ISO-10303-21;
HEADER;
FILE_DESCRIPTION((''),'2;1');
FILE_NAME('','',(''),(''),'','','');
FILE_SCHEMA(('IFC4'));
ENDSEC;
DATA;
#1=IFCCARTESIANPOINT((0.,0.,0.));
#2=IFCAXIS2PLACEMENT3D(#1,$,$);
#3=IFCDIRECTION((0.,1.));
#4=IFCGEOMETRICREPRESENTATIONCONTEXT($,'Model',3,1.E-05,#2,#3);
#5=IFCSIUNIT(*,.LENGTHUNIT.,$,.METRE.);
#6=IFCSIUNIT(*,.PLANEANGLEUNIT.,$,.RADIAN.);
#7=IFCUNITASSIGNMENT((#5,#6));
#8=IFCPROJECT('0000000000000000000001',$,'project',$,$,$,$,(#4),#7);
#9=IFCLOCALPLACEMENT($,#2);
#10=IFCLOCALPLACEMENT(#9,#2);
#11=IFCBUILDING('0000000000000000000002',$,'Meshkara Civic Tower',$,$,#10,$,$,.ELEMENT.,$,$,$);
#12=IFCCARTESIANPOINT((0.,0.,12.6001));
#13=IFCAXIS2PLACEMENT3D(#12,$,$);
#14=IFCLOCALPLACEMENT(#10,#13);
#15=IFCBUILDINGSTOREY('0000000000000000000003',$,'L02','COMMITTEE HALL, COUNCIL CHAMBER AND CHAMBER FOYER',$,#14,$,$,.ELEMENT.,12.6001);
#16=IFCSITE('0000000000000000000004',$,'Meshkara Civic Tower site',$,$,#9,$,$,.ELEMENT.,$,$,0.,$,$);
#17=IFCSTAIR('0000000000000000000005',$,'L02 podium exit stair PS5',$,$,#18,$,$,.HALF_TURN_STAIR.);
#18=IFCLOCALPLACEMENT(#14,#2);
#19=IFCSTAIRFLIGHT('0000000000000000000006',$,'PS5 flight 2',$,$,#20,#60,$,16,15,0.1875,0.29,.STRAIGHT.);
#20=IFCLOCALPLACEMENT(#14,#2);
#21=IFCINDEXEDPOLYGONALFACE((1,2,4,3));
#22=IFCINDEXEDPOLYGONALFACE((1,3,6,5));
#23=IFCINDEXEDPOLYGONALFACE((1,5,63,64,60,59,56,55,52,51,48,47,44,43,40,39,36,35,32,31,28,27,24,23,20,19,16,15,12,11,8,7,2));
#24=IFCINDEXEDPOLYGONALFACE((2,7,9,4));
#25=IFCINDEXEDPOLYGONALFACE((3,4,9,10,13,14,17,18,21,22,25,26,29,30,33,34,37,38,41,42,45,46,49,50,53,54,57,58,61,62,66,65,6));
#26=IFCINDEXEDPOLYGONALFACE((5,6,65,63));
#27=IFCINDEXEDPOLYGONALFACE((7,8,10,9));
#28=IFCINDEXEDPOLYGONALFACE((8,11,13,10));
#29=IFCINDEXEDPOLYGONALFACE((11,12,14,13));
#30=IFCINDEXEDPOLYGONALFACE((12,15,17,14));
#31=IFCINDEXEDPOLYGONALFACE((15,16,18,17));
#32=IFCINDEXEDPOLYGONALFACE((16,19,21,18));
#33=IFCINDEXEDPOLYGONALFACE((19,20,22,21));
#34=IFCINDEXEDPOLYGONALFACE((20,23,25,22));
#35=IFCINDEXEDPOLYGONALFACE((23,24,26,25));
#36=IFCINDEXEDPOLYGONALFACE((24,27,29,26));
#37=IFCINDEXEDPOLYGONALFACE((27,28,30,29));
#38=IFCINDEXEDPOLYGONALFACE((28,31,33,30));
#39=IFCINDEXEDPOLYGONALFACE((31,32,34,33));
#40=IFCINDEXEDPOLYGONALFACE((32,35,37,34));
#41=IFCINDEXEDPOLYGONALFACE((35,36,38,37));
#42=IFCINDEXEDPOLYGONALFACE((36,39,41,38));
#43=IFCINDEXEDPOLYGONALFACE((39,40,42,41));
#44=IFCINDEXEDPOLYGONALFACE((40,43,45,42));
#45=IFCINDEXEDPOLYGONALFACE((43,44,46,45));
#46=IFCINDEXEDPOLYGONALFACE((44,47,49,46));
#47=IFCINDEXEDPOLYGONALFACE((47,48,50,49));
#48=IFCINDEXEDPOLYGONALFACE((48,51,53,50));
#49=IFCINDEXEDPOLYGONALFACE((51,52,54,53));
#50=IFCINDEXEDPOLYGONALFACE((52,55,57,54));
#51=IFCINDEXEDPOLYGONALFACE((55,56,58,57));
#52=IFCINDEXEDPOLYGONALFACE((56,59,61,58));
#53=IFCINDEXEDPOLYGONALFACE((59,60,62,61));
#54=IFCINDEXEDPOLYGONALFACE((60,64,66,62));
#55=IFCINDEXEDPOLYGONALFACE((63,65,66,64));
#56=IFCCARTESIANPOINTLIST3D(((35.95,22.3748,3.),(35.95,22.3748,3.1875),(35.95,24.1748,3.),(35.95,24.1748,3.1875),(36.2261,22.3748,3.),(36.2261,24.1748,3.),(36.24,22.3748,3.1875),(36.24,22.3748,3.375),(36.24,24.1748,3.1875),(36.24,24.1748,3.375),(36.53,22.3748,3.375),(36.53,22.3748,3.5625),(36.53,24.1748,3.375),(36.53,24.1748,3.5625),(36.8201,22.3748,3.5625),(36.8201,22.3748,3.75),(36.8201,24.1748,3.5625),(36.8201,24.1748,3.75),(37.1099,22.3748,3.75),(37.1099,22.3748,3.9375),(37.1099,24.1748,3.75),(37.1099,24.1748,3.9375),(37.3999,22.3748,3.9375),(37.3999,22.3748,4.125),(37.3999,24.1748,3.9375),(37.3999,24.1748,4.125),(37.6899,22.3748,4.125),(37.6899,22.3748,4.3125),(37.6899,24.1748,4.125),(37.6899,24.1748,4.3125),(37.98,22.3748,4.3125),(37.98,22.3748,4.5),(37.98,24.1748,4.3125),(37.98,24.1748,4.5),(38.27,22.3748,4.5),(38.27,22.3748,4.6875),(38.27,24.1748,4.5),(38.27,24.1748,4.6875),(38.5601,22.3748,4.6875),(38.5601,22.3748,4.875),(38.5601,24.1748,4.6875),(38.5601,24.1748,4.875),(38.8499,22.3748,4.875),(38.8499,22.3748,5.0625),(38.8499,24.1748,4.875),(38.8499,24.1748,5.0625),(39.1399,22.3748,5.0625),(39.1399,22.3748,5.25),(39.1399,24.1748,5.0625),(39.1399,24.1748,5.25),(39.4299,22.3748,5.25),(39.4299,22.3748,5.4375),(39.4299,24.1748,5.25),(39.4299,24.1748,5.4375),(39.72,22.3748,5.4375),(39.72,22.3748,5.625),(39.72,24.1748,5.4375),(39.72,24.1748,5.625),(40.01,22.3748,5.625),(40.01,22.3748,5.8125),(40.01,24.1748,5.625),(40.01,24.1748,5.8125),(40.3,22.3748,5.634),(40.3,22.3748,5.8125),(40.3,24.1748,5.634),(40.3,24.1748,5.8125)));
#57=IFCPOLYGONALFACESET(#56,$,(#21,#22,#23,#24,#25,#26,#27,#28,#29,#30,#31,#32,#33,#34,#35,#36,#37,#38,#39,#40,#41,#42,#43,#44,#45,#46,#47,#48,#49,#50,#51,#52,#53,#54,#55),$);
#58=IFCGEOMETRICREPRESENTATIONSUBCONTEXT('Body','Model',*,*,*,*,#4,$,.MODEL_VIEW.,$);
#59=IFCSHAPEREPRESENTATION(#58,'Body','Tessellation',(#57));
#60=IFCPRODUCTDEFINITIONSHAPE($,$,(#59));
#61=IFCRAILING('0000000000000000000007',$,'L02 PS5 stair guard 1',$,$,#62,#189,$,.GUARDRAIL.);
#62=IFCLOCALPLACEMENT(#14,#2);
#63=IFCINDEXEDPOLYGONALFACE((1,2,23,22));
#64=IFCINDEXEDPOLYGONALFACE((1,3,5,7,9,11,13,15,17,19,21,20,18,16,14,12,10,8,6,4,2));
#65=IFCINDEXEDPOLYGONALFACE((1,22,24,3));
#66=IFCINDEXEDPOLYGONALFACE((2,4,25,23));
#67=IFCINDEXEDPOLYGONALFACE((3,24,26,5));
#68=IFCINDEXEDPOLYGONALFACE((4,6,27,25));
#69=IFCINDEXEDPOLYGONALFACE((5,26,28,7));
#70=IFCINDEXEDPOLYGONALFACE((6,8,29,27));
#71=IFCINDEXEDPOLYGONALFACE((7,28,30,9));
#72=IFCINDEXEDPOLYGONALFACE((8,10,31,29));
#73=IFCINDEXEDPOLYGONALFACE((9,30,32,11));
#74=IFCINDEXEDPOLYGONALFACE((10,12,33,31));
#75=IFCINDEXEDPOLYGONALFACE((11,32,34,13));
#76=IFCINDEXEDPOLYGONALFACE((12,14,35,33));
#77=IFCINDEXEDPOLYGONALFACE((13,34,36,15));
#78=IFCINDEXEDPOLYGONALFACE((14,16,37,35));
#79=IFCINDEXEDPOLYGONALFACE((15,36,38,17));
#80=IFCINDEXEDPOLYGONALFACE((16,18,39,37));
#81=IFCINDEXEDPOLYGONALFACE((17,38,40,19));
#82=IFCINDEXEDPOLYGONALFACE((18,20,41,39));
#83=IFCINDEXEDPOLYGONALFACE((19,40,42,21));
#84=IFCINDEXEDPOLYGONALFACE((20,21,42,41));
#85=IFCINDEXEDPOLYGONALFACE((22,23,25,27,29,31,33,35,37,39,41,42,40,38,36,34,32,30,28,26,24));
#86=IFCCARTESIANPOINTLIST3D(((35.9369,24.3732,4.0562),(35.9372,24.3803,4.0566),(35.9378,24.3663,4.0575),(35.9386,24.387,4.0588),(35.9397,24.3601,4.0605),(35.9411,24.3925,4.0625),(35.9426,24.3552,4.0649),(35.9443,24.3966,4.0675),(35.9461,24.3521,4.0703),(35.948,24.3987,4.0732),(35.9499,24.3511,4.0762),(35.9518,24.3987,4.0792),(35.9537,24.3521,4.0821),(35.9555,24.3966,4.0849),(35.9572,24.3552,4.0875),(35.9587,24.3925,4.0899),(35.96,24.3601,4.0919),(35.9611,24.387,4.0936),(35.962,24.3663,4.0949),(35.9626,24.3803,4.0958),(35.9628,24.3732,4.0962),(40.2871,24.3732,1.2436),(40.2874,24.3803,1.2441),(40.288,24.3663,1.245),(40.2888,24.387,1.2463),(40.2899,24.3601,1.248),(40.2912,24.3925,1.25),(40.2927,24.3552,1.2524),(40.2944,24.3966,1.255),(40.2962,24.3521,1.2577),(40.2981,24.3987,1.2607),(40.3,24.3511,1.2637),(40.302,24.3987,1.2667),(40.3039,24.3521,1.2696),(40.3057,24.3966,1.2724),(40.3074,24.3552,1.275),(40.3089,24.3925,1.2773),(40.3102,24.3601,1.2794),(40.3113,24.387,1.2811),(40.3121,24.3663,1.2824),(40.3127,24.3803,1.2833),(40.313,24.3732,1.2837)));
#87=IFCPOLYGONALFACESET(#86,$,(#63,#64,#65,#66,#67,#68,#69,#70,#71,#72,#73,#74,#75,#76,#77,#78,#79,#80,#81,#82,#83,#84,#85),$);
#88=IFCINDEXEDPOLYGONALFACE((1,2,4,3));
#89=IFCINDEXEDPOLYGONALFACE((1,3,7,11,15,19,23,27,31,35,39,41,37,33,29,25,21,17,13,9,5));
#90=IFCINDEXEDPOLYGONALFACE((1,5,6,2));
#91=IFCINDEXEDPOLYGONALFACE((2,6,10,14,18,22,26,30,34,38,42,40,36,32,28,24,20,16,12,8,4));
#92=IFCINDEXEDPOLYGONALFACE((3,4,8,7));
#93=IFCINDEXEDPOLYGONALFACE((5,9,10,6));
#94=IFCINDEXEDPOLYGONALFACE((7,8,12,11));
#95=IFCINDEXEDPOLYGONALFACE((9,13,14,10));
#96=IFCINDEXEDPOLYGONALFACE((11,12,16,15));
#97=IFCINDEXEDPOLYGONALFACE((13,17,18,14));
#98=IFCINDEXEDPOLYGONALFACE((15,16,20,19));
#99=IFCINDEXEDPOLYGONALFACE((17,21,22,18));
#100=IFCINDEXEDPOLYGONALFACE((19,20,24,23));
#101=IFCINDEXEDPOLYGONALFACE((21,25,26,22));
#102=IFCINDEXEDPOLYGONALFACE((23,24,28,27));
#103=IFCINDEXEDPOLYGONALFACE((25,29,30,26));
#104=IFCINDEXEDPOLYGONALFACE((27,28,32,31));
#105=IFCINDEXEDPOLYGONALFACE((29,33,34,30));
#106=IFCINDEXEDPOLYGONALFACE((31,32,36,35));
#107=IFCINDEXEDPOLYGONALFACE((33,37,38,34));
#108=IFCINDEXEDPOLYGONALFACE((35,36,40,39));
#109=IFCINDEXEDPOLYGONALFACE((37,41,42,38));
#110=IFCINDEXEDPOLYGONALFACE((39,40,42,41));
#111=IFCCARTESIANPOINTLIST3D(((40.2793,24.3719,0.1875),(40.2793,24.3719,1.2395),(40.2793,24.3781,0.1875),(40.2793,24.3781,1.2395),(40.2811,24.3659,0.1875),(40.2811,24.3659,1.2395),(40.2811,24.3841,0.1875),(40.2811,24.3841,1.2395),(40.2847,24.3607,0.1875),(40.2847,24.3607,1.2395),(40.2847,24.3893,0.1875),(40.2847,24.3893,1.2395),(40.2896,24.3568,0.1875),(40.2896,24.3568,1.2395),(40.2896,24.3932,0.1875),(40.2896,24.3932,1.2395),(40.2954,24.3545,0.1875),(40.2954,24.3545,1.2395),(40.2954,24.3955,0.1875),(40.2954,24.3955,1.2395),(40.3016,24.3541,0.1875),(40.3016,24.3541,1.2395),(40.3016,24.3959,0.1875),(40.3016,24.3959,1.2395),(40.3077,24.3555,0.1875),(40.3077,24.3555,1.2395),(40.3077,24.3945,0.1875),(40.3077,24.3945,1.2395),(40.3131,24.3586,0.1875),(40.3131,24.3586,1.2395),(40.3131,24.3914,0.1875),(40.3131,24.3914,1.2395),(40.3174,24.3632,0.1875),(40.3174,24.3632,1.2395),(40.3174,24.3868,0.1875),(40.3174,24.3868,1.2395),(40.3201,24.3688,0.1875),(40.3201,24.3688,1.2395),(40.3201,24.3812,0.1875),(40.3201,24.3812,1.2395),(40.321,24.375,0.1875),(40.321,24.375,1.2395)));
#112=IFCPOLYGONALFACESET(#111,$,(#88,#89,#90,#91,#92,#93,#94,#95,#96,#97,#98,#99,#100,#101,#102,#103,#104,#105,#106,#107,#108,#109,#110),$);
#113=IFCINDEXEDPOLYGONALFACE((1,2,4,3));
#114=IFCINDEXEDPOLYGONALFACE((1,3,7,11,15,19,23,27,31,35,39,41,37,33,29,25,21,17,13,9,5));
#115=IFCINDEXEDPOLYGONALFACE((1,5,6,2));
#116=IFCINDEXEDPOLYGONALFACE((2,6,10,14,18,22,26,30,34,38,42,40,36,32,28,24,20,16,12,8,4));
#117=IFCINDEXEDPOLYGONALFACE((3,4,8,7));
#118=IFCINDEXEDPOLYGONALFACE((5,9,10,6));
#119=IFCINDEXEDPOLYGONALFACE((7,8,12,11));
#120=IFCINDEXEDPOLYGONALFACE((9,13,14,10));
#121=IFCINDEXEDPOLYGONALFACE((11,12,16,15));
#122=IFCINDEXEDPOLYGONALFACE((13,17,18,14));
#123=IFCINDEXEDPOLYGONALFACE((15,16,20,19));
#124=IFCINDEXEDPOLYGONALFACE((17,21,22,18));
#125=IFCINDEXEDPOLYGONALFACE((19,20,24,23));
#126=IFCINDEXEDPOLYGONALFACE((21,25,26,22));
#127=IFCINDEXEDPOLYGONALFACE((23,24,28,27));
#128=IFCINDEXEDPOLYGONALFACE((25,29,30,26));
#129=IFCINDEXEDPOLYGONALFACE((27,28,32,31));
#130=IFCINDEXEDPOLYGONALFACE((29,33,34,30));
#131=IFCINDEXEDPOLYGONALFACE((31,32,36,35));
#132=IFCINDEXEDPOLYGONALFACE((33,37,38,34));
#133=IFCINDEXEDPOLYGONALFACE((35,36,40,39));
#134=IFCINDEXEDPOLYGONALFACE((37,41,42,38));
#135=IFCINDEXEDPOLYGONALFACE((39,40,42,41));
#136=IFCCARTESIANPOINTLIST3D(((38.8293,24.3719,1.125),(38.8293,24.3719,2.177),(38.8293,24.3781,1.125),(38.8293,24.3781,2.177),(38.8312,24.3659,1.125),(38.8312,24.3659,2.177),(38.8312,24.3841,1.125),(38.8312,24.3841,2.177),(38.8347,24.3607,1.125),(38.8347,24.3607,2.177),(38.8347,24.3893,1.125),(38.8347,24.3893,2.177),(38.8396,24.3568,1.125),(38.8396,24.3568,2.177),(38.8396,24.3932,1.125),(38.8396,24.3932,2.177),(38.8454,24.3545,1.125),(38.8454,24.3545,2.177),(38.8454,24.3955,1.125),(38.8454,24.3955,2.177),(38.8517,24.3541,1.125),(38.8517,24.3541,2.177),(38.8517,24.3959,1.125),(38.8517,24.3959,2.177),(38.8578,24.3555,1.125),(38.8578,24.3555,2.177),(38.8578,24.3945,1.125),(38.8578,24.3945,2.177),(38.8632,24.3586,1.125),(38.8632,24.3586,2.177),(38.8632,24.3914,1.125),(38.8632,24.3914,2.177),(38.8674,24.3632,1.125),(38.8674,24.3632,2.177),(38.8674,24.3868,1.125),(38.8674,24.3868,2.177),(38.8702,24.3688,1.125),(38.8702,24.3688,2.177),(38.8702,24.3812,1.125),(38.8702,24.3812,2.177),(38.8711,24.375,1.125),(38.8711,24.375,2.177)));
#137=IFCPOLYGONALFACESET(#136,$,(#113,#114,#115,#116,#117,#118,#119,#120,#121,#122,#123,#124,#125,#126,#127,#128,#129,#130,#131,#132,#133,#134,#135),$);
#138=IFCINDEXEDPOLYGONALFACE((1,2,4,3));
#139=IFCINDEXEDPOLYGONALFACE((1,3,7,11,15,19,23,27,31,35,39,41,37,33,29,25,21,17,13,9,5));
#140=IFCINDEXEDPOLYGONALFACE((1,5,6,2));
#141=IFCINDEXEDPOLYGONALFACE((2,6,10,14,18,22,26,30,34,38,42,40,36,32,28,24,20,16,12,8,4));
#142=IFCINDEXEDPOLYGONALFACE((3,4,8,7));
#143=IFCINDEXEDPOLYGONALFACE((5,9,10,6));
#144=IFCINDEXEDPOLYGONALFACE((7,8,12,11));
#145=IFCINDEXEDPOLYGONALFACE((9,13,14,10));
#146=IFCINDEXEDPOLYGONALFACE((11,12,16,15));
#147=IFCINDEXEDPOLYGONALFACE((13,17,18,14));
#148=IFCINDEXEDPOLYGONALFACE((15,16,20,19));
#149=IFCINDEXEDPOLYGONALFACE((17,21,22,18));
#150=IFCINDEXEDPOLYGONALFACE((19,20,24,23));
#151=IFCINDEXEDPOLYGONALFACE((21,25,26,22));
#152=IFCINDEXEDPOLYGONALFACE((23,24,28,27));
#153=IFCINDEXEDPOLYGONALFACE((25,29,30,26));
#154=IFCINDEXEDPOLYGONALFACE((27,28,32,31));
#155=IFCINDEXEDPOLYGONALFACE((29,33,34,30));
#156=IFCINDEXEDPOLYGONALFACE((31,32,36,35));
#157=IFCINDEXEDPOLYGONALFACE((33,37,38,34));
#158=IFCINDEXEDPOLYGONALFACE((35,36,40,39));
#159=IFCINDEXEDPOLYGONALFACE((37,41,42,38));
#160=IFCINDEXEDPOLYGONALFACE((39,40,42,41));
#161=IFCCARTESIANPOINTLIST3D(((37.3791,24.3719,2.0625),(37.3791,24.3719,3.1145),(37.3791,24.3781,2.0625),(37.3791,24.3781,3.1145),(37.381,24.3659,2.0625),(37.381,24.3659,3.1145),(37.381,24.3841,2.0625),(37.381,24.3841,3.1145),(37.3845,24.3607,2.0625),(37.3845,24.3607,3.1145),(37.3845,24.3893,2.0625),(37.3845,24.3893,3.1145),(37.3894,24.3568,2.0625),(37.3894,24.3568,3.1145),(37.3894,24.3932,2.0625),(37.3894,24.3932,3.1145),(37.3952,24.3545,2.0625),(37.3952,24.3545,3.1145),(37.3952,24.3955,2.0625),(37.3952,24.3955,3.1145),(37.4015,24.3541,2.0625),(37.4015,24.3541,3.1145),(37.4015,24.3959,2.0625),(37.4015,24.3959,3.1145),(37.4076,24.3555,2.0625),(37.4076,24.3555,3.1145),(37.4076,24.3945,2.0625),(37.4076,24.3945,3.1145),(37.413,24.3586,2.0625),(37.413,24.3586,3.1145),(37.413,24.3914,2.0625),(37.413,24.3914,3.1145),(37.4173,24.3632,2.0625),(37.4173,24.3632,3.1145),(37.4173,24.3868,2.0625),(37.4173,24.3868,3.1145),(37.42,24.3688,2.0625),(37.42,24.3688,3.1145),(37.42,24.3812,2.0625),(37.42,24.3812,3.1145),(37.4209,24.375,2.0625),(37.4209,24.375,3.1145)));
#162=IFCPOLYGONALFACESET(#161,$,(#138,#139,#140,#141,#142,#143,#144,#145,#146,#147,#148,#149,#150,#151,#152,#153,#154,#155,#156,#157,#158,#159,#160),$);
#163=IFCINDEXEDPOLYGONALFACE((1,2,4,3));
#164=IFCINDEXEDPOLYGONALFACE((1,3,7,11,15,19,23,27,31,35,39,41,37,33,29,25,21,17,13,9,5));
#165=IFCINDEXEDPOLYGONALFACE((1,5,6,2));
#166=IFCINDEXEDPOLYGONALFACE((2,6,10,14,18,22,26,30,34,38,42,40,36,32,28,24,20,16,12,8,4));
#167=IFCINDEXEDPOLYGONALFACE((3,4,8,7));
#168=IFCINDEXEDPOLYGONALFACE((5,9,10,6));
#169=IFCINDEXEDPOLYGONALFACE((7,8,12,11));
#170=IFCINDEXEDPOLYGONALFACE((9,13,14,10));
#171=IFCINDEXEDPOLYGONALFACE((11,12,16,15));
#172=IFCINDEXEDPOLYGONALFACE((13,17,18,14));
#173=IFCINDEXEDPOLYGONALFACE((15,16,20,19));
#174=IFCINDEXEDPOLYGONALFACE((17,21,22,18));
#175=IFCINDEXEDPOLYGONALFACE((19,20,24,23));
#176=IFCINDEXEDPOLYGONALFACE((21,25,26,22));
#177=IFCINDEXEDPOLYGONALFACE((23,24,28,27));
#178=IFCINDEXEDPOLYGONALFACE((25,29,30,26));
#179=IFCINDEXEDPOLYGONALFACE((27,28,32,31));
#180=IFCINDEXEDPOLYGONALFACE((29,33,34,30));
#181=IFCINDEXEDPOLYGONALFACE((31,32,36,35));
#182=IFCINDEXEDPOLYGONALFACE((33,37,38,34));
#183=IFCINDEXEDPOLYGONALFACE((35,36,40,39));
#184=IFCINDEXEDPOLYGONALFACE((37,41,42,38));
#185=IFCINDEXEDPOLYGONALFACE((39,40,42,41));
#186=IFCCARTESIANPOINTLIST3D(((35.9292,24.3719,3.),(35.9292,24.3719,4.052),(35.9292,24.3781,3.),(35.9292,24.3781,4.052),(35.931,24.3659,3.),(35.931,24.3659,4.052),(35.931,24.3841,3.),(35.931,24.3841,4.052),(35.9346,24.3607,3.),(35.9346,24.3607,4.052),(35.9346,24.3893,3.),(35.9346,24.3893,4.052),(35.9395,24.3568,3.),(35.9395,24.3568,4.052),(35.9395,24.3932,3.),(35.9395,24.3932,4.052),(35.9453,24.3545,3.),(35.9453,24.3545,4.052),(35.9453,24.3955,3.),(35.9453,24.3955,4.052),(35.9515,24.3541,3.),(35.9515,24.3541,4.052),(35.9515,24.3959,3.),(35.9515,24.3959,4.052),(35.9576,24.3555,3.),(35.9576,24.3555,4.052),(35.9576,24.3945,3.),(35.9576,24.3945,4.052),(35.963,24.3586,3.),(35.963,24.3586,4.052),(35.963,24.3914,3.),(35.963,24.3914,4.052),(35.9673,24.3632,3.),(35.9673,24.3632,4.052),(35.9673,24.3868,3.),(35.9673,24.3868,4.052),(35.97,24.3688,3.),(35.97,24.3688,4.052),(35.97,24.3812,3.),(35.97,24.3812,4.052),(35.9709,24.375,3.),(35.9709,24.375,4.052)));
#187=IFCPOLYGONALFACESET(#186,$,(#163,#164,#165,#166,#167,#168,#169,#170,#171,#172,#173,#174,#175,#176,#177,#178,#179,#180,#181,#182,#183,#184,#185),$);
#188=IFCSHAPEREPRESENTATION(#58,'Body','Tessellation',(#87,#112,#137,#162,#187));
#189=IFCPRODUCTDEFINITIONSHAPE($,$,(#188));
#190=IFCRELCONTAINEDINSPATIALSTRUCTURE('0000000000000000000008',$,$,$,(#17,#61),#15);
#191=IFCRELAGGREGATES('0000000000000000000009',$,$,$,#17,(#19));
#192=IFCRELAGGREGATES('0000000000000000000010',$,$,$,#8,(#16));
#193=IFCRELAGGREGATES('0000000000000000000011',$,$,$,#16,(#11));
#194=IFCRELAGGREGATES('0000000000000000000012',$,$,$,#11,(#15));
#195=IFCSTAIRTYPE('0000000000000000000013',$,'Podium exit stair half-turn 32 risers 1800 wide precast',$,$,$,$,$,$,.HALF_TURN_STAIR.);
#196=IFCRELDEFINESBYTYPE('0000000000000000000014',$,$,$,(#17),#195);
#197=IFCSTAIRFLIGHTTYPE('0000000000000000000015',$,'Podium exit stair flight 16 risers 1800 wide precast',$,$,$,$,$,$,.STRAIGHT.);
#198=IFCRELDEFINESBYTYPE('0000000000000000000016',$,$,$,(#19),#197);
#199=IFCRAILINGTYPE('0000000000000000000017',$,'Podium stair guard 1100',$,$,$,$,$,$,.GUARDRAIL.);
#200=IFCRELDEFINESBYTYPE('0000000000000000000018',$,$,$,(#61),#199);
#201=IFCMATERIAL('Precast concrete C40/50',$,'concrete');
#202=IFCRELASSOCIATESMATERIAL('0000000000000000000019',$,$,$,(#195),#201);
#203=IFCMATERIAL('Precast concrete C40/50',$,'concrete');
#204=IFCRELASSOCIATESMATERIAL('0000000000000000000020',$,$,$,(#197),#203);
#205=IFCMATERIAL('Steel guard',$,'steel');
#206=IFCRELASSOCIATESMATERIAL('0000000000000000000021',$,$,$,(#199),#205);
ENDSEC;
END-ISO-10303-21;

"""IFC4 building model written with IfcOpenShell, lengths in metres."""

from ifc_helpers import new_model, si_unit, direction, frame, origin, origin_2d, place, context, subcontext, project, spatial, polyline, circle, outline, extrude, material, type_object, element, aggregate, save


model = new_model("IFC4")

# Units and contexts
model_context = context("Model", 3, precision=1e-05, world=origin(), true_north=direction((0.0, 1.0)))
body_context = subcontext(model_context, "Body", "Model", "MODEL_VIEW")
ifc_project = project(units=[si_unit("LENGTHUNIT", "METRE"), si_unit("PLANEANGLEUNIT", "RADIAN")], contexts=[model_context])

# Site, building, storey
site_placement = place(None, origin())
site = spatial("IfcSite", under=ifc_project, at=site_placement, Name="Meshkara Civic Tower site", CompositionType="ELEMENT", RefElevation=0.0)
building_placement = place(site_placement, origin())
building = spatial("IfcBuilding", under=site, at=building_placement, Name="Meshkara Civic Tower", CompositionType="ELEMENT")
storey_placement = place(building_placement, frame((0.0, 0.0, 12.6001)))
storey = spatial("IfcBuildingStorey", under=building, at=storey_placement, Name="L02", Description="COMMITTEE HALL, COUNCIL CHAMBER AND CHAMBER FOYER", CompositionType="ELEMENT", Elevation=12.6001)

# Stair, stair flight
ifc_material_1 = material(Name="Precast concrete C40/50", Category="concrete")
stair_type = type_object("IfcStairType", Name="Podium exit stair half-turn 32 risers 1800 wide precast", PredefinedType="HALF_TURN_STAIR", material=ifc_material_1)
stair_placement = place(storey_placement, origin())
stair = element("IfcStair", 1, at=stair_placement, inside=storey, type_object=stair_type, Name="L02 podium exit stair PS5", PredefinedType="HALF_TURN_STAIR")
ifc_material_2 = material(Name="Precast concrete C40/50", Category="concrete")
stair_flight_type = type_object("IfcStairFlightType", Name="Podium exit stair flight 16 risers 1800 wide precast", PredefinedType="STRAIGHT", material=ifc_material_2)
stair_flight_placement = place(storey_placement, frame((35.95, 23.2749, 3.0), z_axis=(0.0, 0.0, 1.0), x_axis=(1.0, 0.0, 0.0)))
stair_flight = element("IfcStairFlight", 2, at=stair_flight_placement, type_object=stair_flight_type, Name="PS5 flight 2", NumberOfRisers=16, NumberOfTreads=15, PredefinedType="STRAIGHT", RiserHeight=0.1875, TreadLength=0.29, context=body_context, shape_type="SweptSolid", body=[
    extrude(outline(polyline([(0.0, 0.0), (0.0, 0.1875), (0.29, 0.1875), (0.29, 0.375), (0.5801, 0.375), (0.5801, 0.5625), (0.8701, 0.5625), (0.8701, 0.75), (1.1599, 0.75), (1.1599, 0.9375), (1.45, 0.9375), (1.45, 1.125), (1.74, 1.125), (1.74, 1.3125), (2.03, 1.3125), (2.03, 1.5), (2.3201, 1.5), (2.3201, 1.6875), (2.6101, 1.6875), (2.6101, 1.875), (2.8999, 1.875), (2.8999, 2.0625), (3.1899, 2.0625), (3.1899, 2.25), (3.48, 2.25), (3.48, 2.4375), (3.77, 2.4375), (3.77, 2.625), (4.0601, 2.625), (4.0601, 2.8125), (4.3501, 2.8125), (4.3501, 3.0), (4.3501, 2.634), (0.2761, 0.0), (0.0, 0.0)])), frame((0.0, 0.8999, 0.0), z_axis=(0.0, -1.0, 0.0), x_axis=(1.0, 0.0, 0.0)), (0.0, 0.0, 1.0), 1.8),
])
aggregate(stair, [stair_flight])

# Railing
ifc_material_3 = material(Name="Steel guard", Category="steel")
railing_type_1 = type_object("IfcRailingType", Name="Podium stair guard 1100", PredefinedType="GUARDRAIL", material=ifc_material_3)
railing_1_placement = place(storey_placement, frame((40.3, 24.375, 0.1875)))
element("IfcRailing", 3, at=railing_1_placement, inside=storey, type_object=railing_type_1, Name="L02 PS5 stair guard 1", PredefinedType="GUARDRAIL", context=body_context, shape_type="SweptSolid", body=[
    extrude(circle(Radius=0.0239, at=origin_2d()), frame((0.0, 0.0, 1.0762), z_axis=(-0.83977, 0.0, 0.542942), x_axis=(0.0, -1.0, 0.0)), (0.0, 0.0, 1.0), 5.1802),
    extrude(circle(Radius=0.021, at=origin_2d()), origin(), (0.0, 0.0, 1.0), 1.052),
    extrude(circle(Radius=0.021, at=origin_2d()), frame((-1.45, 0.0, 0.9375)), (0.0, 0.0, 1.0), 1.052),
    extrude(circle(Radius=0.021, at=origin_2d()), frame((-2.9001, 0.0, 1.875)), (0.0, 0.0, 1.0), 1.052),
    extrude(circle(Radius=0.021, at=origin_2d()), frame((-4.3501, 0.0, 2.8125)), (0.0, 0.0, 1.0), 1.052),
])

save(model, "model.ifc")
